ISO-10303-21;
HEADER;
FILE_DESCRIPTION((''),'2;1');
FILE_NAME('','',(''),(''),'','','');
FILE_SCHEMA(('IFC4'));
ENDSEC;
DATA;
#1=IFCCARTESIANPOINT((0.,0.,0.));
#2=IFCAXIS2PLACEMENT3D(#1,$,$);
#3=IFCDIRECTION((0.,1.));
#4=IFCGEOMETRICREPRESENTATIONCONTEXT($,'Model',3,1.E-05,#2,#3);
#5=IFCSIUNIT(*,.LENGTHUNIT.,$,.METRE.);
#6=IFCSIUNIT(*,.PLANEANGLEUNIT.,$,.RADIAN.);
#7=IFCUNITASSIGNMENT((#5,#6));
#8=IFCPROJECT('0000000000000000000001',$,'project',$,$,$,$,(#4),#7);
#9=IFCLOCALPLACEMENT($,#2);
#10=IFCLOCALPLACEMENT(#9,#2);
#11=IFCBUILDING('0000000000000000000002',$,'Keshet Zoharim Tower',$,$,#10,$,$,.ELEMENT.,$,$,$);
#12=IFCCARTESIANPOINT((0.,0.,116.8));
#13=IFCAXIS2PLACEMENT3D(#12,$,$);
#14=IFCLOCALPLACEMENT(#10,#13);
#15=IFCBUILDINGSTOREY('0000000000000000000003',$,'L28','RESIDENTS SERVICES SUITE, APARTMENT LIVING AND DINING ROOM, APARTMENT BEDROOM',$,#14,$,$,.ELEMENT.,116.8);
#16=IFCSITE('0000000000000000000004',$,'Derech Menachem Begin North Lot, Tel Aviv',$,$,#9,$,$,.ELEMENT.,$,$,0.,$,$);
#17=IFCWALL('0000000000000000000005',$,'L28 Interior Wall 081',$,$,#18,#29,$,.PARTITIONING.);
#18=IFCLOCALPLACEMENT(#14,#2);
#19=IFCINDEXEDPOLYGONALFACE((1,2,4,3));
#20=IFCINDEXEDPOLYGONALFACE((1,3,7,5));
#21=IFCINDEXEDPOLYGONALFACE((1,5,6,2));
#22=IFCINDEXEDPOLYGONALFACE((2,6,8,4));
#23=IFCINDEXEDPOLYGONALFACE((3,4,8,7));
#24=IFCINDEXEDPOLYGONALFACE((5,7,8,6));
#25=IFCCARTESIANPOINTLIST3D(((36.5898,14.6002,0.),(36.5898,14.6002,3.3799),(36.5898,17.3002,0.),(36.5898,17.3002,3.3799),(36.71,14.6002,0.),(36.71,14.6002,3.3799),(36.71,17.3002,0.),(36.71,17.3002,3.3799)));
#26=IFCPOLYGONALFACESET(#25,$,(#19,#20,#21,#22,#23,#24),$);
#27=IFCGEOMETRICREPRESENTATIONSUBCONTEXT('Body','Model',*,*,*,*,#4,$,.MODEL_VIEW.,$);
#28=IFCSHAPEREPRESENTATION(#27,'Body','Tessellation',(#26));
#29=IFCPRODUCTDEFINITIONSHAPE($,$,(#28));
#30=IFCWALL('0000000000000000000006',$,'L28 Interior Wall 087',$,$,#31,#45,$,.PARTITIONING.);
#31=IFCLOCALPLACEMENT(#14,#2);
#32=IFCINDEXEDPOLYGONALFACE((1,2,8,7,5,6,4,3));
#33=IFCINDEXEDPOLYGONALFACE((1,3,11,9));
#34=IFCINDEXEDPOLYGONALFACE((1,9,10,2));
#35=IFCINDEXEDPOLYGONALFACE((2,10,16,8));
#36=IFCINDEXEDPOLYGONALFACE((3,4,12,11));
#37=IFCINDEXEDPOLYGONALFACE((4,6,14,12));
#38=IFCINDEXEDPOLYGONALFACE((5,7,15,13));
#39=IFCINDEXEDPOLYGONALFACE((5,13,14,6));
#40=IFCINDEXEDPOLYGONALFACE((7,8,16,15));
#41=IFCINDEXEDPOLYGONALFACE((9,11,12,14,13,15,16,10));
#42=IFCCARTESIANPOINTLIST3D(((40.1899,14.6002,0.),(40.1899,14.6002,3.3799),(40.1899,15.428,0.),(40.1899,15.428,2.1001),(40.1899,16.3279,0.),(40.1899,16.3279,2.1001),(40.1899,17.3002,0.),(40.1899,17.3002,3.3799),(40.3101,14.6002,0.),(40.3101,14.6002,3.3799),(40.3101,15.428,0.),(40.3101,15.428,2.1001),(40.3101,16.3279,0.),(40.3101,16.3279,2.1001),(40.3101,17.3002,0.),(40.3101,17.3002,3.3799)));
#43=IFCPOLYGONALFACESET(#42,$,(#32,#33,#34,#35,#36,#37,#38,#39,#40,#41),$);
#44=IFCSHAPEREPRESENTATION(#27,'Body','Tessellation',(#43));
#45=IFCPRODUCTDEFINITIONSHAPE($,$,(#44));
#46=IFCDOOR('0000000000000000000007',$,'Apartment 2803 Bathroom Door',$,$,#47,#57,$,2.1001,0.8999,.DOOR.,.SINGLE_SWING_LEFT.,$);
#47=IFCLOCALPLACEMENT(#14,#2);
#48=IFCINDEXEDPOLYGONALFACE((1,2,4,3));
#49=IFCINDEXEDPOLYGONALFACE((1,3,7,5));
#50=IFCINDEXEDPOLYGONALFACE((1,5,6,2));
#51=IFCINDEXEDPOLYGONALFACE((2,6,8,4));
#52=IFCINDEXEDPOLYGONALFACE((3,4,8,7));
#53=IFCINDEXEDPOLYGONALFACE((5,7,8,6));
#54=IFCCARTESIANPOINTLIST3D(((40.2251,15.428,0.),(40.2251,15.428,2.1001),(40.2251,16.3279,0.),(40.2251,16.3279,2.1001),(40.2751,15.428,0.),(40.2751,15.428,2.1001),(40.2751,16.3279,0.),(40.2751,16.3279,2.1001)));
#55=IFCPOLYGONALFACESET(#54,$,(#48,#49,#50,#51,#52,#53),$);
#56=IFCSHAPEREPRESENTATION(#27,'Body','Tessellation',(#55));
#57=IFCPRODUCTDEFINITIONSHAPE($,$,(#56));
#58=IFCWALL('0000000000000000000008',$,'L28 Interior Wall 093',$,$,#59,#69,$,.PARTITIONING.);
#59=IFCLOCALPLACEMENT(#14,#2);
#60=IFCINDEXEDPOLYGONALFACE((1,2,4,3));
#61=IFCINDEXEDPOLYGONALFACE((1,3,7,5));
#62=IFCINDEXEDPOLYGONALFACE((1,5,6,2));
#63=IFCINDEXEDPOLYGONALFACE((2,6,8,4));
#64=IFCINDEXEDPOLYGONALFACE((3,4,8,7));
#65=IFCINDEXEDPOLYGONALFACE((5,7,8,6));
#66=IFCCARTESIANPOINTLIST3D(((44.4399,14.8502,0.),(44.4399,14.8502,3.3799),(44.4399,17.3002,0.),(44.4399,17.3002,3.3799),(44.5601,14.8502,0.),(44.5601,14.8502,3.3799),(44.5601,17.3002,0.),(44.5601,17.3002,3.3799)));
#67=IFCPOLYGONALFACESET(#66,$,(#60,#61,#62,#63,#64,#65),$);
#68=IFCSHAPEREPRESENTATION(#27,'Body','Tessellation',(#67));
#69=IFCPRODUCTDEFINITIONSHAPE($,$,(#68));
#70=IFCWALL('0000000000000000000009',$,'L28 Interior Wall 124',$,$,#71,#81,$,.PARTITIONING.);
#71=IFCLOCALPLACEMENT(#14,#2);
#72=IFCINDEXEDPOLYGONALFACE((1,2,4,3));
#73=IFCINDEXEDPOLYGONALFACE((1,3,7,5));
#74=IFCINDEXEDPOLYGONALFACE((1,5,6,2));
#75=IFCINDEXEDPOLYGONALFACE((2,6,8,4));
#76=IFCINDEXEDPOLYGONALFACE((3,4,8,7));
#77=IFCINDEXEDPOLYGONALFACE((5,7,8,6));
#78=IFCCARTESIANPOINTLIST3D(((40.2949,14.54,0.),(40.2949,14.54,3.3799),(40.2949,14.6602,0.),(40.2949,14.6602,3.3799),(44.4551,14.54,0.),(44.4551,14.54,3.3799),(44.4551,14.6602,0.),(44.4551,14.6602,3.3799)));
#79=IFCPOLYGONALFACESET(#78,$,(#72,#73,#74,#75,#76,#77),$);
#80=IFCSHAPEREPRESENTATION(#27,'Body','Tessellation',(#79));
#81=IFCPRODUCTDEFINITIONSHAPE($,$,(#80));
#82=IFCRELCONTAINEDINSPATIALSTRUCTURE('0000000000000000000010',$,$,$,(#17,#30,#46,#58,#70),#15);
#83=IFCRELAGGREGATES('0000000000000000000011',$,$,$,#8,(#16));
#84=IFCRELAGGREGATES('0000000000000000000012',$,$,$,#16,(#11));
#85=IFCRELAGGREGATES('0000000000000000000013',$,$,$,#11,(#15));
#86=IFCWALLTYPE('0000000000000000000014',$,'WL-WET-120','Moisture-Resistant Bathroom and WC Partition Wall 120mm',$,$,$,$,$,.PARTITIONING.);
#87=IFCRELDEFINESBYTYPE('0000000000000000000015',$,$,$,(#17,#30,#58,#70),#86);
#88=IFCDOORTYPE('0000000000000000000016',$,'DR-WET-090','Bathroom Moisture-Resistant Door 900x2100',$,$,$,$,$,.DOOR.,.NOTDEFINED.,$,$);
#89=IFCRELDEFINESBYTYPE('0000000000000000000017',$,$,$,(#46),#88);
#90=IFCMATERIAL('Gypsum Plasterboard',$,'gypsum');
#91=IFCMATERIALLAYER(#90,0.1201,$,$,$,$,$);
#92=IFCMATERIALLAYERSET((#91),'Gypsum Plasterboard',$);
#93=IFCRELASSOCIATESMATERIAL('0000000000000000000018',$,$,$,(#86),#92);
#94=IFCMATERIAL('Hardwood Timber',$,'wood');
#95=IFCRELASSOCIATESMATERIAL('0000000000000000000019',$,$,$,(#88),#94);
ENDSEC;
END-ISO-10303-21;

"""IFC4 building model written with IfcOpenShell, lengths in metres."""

from ifc_helpers import new_model, si_unit, direction, frame, frame_2d, origin, place, context, subcontext, project, spatial, rectangle, extrude, material, layer, layer_set, type_object, element, fill, save


model = new_model("IFC4")

# Units and contexts
model_context = context("Model", 3, precision=1e-05, world=origin(), true_north=direction((0.0, 1.0)))
body_context = subcontext(model_context, "Body", "Model", "MODEL_VIEW")
ifc_project = project(units=[si_unit("LENGTHUNIT", "METRE"), si_unit("PLANEANGLEUNIT", "RADIAN")], contexts=[model_context])

# Site, building, storey
site_placement = place(None, origin())
site = spatial("IfcSite", under=ifc_project, at=site_placement, Name="Derech Menachem Begin North Lot, Tel Aviv", CompositionType="ELEMENT", RefElevation=0.0)
building_placement = place(site_placement, origin())
building = spatial("IfcBuilding", under=site, at=building_placement, Name="Keshet Zoharim Tower", CompositionType="ELEMENT")
storey_placement = place(building_placement, frame((0.0, 0.0, 116.8)))
storey = spatial("IfcBuildingStorey", under=building, at=storey_placement, Name="L28", Description="RESIDENTS SERVICES SUITE, APARTMENT LIVING AND DINING ROOM, APARTMENT BEDROOM", CompositionType="ELEMENT", Elevation=116.8)

# Shared definitions
ifc_material_1 = material(Name="Gypsum Plasterboard", Category="gypsum")

# Shared definitions
ifc_material_2 = material(Name="Hardwood Timber", Category="wood")

# Wall
ifc_layer_1 = layer(ifc_material_1, 0.1201)
ifc_layer_set_1 = layer_set([ifc_layer_1], Name="Gypsum Plasterboard")
wall_type_1 = type_object("IfcWallType", Name="WL-WET-120", Description="Moisture-Resistant Bathroom and WC Partition Wall 120mm", PredefinedType="PARTITIONING", material=ifc_layer_set_1)
wall_1_placement = place(storey_placement, frame((36.6499, 14.6001, 0.0), z_axis=(0.0, 0.0, 1.0), x_axis=(0.0, 1.0, 0.0)))
element("IfcWall", 1, at=wall_1_placement, inside=storey, type_object=wall_type_1, Name="L28 Interior Wall 081", PredefinedType="PARTITIONING", context=body_context, shape_type="SweptSolid", body=[
    extrude(rectangle(XDim=2.7, YDim=0.1201, at=frame_2d((1.3501, 0.0))), origin(), (0.0, 0.0, 1.0), 3.3799),
])

# Wall, opening, door
wall_2_placement = place(storey_placement, frame((40.25, 14.6001, 0.0), z_axis=(0.0, 0.0, 1.0), x_axis=(0.0, 1.0, 0.0)))
wall_2 = element("IfcWall", 2, at=wall_2_placement, inside=storey, type_object=wall_type_1, Name="L28 Interior Wall 087", PredefinedType="PARTITIONING", context=body_context, shape_type="SweptSolid", body=[
    extrude(rectangle(XDim=2.7, YDim=0.1201, at=frame_2d((1.3501, 0.0))), origin(), (0.0, 0.0, 1.0), 3.3799),
])
opening_1_placement = place(wall_2_placement, frame((0.8279, 0.0, 0.0)))
opening_1 = element("IfcOpeningElement", 3, at=opening_1_placement, cuts=wall_2, PredefinedType="OPENING", context=body_context, shape_type="SweptSolid", body=[
    extrude(rectangle(XDim=0.8999, YDim=2.1001, at=frame_2d((0.45, 1.05))), frame((0.0, 0.0701, 0.0), z_axis=(0.0, -1.0, 0.0), x_axis=(1.0, 0.0, 0.0)), (0.0, 0.0, 1.0), 0.1401),
])
door_type_1 = type_object("IfcDoorType", Name="DR-WET-090", Description="Bathroom Moisture-Resistant Door 900x2100", OperationType="NOTDEFINED", PredefinedType="DOOR", material=ifc_material_2)
door_1_placement = place(opening_1_placement, origin())
door_1 = element("IfcDoor", 4, at=door_1_placement, inside=storey, type_object=door_type_1, Name="Apartment 2803 Bathroom Door", OperationType="SINGLE_SWING_LEFT", OverallHeight=2.1001, OverallWidth=0.8999, PredefinedType="DOOR", context=body_context, shape_type="SweptSolid", body=[
    extrude(rectangle(XDim=0.8999, YDim=2.1001, at=frame_2d((0.45, 1.05))), frame((0.0, 0.0249, 0.0), z_axis=(0.0, -1.0, 0.0), x_axis=(1.0, 0.0, 0.0)), (0.0, 0.0, 1.0), 0.05),
])
fill(opening_1, door_1)

# Walls
wall_3_placement = place(storey_placement, frame((44.5, 14.8501, 0.0), z_axis=(0.0, 0.0, 1.0), x_axis=(0.0, 1.0, 0.0)))
element("IfcWall", 5, at=wall_3_placement, inside=storey, type_object=wall_type_1, Name="L28 Interior Wall 093", PredefinedType="PARTITIONING", context=body_context, shape_type="SweptSolid", body=[
    extrude(rectangle(XDim=2.45, YDim=0.1201, at=frame_2d((1.2251, 0.0))), origin(), (0.0, 0.0, 1.0), 3.3799),
])
wall_4_placement = place(storey_placement, frame((40.2949, 14.6001, 0.0), z_axis=(0.0, 0.0, 1.0), x_axis=(1.0, 0.0, 0.0)))
element("IfcWall", 6, at=wall_4_placement, inside=storey, type_object=wall_type_1, Name="L28 Interior Wall 124", PredefinedType="PARTITIONING", context=body_context, shape_type="SweptSolid", body=[
    extrude(rectangle(XDim=4.1602, YDim=0.1201, at=frame_2d((2.0801, 0.0))), origin(), (0.0, 0.0, 1.0), 3.3799),
])

save(model, "model.ifc")
